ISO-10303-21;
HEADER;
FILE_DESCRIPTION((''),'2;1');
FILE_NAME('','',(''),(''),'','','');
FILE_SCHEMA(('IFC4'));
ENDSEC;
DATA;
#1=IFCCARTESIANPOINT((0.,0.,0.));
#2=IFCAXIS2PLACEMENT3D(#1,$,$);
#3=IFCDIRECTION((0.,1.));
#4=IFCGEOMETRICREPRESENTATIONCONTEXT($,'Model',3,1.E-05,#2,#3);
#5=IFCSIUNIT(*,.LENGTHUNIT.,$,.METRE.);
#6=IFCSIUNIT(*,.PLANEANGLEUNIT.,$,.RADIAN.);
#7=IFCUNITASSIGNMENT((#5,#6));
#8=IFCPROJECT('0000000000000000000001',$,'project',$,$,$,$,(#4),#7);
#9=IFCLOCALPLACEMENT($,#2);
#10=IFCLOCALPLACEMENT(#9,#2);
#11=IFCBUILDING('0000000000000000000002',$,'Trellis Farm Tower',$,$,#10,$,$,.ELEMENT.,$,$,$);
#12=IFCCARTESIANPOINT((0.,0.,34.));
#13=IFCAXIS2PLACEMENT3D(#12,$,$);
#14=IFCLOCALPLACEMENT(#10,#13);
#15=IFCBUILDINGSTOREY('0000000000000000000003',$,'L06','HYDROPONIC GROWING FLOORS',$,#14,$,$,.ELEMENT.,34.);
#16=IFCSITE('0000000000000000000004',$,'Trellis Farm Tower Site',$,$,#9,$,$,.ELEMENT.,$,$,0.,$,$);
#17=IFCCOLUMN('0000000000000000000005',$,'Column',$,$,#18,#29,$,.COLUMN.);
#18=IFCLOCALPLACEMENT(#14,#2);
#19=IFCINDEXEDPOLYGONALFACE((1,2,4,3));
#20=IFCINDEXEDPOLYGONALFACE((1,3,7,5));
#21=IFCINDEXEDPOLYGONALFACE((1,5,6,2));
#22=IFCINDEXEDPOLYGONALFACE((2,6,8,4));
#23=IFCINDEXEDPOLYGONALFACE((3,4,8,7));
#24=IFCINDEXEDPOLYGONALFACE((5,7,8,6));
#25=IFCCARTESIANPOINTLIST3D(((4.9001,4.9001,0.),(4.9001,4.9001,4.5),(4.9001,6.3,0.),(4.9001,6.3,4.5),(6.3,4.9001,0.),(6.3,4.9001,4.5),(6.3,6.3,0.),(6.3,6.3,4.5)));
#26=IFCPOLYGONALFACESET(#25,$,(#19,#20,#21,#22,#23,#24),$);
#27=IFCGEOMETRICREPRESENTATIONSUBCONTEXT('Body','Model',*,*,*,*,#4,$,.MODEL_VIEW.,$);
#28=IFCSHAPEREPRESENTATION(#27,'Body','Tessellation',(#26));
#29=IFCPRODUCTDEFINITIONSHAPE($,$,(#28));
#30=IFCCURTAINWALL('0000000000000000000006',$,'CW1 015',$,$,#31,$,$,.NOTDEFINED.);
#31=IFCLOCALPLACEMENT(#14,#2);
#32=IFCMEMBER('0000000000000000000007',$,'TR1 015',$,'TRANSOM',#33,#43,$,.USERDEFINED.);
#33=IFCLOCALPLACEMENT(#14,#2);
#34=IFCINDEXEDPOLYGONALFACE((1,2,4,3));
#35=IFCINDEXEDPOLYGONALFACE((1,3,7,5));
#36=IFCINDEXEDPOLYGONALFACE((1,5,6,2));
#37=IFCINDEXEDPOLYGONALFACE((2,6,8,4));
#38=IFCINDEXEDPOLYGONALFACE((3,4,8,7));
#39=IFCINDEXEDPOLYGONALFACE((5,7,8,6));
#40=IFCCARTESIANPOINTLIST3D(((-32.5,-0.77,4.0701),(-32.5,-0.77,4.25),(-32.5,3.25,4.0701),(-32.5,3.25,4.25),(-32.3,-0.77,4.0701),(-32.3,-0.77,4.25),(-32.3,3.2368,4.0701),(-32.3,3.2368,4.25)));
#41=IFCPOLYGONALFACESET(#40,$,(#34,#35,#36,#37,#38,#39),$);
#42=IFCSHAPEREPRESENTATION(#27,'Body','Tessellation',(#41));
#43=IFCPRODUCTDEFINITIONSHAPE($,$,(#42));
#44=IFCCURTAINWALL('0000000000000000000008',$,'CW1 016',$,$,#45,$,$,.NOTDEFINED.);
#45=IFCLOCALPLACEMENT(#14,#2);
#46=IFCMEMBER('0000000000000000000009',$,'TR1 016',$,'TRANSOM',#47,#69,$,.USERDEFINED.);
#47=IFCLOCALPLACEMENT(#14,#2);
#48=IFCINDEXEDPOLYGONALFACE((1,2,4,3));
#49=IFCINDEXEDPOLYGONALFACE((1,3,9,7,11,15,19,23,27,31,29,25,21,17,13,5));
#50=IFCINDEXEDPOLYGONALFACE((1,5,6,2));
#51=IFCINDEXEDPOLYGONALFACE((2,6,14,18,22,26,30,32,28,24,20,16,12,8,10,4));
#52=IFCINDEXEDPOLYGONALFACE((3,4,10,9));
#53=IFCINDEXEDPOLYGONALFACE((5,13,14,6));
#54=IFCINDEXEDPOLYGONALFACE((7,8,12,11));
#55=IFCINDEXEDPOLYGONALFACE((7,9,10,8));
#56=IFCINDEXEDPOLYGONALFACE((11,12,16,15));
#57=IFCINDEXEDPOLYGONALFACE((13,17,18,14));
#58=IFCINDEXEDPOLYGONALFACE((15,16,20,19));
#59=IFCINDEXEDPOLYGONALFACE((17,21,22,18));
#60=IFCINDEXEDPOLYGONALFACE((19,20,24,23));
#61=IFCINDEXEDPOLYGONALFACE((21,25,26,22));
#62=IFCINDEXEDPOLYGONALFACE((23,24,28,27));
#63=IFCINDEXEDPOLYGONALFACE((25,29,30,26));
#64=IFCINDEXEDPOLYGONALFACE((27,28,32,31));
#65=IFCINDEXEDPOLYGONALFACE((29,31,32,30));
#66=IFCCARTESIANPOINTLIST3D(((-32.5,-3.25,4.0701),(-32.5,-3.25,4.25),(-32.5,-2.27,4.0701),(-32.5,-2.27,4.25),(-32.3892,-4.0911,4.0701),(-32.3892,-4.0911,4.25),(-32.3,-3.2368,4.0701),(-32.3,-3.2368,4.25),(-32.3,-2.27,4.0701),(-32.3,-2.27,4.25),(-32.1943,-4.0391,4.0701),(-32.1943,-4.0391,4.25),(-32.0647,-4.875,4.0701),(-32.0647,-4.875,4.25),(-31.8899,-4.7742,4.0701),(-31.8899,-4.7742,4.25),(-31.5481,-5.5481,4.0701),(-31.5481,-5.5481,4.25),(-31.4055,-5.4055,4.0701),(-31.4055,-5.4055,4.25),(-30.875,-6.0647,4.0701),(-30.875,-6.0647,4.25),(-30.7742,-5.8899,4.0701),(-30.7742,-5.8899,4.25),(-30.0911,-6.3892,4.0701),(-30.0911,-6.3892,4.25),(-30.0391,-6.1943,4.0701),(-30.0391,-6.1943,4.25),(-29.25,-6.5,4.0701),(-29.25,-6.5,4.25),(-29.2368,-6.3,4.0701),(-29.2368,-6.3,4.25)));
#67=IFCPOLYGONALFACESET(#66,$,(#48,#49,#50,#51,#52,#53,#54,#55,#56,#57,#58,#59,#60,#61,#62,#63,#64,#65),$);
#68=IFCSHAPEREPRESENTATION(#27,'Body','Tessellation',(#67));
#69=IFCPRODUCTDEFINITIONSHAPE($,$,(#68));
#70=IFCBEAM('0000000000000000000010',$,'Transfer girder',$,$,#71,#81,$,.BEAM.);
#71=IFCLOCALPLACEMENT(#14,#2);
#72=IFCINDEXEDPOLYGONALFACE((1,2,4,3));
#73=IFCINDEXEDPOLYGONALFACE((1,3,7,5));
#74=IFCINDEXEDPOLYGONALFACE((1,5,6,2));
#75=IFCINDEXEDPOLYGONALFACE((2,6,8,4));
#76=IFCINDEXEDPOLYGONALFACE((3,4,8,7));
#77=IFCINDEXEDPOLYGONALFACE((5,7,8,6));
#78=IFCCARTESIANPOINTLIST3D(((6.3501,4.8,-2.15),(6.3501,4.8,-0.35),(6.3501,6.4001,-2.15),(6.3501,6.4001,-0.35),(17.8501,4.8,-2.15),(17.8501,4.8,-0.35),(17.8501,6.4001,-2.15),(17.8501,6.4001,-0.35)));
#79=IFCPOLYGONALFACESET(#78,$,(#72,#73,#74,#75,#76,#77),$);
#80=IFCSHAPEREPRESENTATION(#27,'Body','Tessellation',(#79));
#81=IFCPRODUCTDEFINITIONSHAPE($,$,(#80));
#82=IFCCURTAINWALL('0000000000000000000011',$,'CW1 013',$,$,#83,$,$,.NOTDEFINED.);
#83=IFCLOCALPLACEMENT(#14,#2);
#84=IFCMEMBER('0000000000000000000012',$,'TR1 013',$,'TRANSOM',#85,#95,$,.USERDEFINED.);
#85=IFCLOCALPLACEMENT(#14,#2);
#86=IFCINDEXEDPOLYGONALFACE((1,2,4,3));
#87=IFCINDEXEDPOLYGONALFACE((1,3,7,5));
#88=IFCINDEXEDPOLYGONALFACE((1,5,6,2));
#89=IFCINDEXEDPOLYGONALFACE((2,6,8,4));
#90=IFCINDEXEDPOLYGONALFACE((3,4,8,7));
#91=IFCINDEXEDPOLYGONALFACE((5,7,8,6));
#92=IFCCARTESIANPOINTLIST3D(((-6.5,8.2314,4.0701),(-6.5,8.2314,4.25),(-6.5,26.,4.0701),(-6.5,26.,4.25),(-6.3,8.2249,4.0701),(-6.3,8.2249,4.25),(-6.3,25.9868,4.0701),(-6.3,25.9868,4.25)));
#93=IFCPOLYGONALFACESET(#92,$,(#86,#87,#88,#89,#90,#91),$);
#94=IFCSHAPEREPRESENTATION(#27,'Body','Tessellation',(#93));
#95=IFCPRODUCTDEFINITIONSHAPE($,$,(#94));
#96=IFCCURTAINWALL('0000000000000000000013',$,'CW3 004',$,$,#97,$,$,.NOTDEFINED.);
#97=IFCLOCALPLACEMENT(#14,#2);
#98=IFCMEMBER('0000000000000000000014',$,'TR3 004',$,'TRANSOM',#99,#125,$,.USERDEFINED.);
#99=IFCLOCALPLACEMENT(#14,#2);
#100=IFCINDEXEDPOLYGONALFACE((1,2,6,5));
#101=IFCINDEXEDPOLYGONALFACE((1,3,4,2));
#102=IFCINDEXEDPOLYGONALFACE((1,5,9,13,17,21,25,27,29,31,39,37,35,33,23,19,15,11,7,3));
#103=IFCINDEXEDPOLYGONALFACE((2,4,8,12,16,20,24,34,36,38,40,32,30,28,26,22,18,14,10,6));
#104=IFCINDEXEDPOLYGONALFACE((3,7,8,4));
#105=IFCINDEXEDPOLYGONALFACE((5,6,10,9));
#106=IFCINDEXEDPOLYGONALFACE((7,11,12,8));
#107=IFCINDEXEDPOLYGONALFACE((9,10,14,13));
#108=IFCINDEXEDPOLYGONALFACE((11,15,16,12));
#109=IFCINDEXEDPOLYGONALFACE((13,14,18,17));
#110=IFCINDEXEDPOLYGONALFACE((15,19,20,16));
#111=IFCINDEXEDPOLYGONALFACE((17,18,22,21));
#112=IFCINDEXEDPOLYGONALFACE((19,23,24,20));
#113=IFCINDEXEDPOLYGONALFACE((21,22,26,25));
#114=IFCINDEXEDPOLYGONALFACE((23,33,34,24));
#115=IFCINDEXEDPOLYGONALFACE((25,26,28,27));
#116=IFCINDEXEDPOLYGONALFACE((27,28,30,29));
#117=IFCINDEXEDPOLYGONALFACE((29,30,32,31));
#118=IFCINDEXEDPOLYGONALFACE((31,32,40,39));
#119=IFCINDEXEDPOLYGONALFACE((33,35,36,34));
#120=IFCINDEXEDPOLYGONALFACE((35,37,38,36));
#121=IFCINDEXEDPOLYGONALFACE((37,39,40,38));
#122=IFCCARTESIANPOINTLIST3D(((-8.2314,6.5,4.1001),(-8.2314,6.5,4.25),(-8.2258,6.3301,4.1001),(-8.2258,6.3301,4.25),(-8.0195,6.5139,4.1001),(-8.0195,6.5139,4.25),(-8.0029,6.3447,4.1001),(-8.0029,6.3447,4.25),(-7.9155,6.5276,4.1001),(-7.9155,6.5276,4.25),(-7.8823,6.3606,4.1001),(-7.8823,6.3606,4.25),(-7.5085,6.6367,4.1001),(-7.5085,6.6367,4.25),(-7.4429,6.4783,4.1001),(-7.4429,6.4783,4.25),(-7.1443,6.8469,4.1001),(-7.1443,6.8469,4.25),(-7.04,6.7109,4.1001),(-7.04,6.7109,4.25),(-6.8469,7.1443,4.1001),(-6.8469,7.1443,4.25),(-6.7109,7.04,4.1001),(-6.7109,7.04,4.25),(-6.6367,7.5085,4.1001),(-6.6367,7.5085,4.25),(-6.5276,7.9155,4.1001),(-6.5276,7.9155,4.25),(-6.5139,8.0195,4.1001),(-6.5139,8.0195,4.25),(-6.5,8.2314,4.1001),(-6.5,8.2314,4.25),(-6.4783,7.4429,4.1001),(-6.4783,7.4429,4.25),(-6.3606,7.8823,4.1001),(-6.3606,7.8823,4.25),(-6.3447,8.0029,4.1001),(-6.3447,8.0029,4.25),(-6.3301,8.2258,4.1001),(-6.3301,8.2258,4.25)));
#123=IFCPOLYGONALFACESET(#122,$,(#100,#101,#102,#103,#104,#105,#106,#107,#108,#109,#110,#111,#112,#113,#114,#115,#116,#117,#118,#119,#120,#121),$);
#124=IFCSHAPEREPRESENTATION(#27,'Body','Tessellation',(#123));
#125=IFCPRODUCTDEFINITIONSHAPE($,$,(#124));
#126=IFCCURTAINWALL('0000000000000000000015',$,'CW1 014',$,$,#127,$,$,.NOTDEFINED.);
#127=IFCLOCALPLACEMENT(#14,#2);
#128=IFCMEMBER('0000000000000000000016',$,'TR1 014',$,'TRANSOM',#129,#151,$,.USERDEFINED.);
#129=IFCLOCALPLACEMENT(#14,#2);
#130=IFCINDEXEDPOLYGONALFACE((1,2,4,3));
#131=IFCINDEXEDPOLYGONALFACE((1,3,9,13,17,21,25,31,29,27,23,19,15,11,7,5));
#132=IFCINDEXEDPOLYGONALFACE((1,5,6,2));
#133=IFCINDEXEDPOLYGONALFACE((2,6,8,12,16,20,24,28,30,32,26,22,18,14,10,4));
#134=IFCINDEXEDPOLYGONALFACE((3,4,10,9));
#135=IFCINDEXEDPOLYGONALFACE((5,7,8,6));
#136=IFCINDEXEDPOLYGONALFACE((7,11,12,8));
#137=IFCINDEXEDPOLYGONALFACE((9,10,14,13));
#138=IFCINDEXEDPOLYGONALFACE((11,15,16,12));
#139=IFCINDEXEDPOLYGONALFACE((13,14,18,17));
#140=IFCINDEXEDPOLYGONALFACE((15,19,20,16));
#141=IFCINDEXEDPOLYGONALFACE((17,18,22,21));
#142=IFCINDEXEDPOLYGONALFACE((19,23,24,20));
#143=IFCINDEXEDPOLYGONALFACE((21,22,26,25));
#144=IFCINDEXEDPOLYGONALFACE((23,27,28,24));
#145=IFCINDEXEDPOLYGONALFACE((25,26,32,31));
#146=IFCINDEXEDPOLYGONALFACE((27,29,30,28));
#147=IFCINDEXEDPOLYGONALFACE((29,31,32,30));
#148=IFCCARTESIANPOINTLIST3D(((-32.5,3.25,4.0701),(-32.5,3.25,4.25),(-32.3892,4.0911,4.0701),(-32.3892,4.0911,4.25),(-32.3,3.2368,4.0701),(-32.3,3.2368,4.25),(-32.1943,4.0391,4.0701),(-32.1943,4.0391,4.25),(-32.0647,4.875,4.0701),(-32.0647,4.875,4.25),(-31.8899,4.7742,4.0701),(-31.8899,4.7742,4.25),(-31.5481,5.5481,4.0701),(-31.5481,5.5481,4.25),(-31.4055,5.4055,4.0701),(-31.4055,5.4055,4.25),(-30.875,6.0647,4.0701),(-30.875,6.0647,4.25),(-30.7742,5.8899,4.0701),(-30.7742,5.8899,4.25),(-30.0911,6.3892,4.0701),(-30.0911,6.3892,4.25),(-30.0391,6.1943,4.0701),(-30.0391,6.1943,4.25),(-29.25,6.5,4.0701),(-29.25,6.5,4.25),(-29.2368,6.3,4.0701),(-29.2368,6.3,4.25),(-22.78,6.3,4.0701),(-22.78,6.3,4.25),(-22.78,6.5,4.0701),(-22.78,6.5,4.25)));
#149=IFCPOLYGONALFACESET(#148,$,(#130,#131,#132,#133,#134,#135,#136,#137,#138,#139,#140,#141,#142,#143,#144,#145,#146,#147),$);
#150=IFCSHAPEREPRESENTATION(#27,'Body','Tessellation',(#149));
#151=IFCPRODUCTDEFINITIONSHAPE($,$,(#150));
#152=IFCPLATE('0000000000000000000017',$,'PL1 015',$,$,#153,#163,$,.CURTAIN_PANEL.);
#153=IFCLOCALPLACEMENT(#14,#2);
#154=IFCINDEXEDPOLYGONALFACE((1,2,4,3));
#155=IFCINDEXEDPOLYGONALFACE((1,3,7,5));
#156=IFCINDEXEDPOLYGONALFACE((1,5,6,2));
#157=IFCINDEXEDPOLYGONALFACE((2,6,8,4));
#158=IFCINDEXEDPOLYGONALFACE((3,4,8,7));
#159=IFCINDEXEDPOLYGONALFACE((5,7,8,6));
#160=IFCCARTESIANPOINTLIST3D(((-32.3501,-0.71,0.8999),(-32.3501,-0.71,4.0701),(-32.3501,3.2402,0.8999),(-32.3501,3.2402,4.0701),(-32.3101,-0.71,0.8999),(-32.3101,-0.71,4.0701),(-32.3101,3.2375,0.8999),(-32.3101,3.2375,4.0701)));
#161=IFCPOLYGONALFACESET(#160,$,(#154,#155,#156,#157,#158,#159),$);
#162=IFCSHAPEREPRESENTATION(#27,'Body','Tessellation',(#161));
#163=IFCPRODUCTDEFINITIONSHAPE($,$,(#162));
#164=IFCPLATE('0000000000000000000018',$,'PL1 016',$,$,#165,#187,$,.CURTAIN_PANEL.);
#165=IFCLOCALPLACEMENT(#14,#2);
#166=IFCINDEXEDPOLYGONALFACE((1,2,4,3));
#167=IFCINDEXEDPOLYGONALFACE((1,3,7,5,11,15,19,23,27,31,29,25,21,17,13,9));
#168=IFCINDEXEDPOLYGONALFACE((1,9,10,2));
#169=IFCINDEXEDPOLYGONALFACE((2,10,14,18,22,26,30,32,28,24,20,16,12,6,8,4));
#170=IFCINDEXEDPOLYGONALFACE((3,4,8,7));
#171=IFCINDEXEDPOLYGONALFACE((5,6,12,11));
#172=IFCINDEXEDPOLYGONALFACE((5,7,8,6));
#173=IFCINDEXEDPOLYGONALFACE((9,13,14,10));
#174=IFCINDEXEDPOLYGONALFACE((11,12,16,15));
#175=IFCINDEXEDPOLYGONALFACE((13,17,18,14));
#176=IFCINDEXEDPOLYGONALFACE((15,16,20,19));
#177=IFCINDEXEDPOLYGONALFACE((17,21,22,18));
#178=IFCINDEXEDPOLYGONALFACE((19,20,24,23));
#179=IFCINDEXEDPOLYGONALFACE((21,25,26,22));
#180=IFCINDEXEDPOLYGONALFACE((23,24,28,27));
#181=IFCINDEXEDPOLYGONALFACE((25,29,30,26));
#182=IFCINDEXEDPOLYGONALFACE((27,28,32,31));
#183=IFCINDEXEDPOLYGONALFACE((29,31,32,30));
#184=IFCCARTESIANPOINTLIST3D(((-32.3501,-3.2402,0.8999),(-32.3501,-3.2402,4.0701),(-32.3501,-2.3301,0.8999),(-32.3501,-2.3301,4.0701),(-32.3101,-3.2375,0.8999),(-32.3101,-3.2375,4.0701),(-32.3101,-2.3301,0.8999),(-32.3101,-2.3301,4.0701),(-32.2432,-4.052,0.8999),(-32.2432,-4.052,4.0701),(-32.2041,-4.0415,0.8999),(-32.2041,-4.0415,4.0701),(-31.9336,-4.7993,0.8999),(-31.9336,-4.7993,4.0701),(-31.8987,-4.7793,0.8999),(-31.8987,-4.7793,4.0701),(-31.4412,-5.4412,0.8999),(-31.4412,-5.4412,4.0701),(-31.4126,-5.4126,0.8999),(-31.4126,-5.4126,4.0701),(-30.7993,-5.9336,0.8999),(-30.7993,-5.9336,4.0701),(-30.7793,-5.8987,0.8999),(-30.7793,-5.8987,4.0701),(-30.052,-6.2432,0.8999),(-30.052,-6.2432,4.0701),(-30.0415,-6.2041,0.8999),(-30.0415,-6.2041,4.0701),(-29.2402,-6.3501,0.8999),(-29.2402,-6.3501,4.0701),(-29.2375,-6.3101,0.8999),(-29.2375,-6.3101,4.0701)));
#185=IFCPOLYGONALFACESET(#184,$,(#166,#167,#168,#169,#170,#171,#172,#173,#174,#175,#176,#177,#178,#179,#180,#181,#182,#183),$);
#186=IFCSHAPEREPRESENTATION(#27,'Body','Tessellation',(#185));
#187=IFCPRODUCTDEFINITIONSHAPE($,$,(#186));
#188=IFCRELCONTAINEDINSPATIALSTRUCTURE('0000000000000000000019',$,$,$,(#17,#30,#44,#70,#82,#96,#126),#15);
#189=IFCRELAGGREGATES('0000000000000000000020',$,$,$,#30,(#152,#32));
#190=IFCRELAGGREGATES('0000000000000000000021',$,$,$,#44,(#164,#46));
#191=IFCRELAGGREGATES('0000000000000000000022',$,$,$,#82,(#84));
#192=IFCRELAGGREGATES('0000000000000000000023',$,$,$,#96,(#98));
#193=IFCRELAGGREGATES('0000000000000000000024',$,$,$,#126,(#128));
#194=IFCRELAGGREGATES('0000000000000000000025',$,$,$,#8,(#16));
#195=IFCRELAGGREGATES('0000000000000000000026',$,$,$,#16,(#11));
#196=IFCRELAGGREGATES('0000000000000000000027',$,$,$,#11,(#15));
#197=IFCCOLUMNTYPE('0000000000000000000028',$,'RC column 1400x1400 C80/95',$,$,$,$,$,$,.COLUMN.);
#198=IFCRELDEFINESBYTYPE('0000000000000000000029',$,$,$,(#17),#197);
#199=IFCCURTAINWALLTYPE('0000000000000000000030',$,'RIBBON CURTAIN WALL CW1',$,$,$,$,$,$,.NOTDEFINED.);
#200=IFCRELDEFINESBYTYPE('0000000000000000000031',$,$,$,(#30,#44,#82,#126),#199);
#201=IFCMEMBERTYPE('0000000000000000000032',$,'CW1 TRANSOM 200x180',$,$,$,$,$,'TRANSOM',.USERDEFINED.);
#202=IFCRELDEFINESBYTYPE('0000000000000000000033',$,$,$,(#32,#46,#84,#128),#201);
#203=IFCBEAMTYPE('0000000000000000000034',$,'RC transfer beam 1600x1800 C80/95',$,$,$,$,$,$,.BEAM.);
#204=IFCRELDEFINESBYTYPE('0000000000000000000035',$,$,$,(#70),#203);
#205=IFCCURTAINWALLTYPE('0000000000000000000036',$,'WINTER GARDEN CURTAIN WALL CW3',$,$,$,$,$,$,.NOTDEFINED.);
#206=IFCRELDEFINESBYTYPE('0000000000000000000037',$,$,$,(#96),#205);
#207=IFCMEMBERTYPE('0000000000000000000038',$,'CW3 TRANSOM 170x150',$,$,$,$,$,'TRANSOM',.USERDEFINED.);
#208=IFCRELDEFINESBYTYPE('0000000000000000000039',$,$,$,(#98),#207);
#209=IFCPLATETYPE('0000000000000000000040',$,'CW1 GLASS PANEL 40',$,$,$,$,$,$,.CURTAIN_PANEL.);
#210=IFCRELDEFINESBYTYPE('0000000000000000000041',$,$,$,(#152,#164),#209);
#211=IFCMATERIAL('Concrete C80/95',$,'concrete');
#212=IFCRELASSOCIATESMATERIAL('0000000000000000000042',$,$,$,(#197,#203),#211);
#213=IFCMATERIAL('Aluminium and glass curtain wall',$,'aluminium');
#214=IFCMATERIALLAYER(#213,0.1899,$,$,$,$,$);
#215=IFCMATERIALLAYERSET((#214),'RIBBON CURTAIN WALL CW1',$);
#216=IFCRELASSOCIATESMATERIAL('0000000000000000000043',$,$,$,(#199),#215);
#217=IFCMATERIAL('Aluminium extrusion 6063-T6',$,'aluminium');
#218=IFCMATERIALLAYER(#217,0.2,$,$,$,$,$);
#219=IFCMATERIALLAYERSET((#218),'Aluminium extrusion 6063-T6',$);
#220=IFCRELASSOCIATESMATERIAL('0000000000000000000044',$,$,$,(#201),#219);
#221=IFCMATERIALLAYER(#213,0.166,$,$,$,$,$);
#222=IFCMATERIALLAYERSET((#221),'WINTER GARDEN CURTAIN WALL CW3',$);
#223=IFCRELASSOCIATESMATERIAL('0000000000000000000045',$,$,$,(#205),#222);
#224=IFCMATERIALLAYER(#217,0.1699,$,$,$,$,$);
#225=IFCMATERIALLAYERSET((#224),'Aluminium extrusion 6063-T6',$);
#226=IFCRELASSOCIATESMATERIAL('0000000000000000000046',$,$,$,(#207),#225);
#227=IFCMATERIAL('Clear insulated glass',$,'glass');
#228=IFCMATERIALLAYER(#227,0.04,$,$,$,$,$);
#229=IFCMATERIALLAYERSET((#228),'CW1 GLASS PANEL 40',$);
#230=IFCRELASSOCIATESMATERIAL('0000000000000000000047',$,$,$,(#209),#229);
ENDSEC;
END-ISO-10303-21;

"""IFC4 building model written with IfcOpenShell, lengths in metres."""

from ifc_helpers import new_model, si_unit, direction, frame, origin, origin_2d, place, context, subcontext, project, spatial, polyline, rectangle, outline, extrude, source, transform, mapped, material, layer, layer_set, material_profile, profile_set, type_object, element, aggregate, save


model = new_model("IFC4")

# Units and contexts
model_context = context("Model", 3, precision=1e-05, world=origin(), true_north=direction((0.0, 1.0)))
body_context = subcontext(model_context, "Body", "Model", "MODEL_VIEW")
ifc_project = project(units=[si_unit("LENGTHUNIT", "METRE"), si_unit("PLANEANGLEUNIT", "RADIAN")], contexts=[model_context])

# Site, building, storey
site_placement = place(None, origin())
site = spatial("IfcSite", under=ifc_project, at=site_placement, Name="Trellis Farm Tower Site", CompositionType="ELEMENT", RefElevation=0.0)
building_placement = place(site_placement, origin())
building = spatial("IfcBuilding", under=site, at=building_placement, Name="Trellis Farm Tower", CompositionType="ELEMENT")
storey_placement = place(building_placement, frame((0.0, 0.0, 34.0)))
storey = spatial("IfcBuildingStorey", under=building, at=storey_placement, Name="L06", Description="HYDROPONIC GROWING FLOORS", CompositionType="ELEMENT", Elevation=34.0)

# Column
ifc_material_1 = material(Name="Concrete C80/95", Category="concrete")
ifc_material_profile_1 = material_profile(ifc_material_1, rectangle(XDim=1.3999, YDim=1.3999, at=origin_2d()), Name="RC column 1400x1400 C80/95")
ifc_profile_set_1 = profile_set([ifc_material_profile_1], Name="Concrete C80/95")
column_type = type_object("IfcColumnType", Name="RC column 1400x1400 C80/95", PredefinedType="COLUMN", material=ifc_profile_set_1)
shared_shape_1 = source(origin(), body_context, "Body", "SweptSolid", [
    extrude(rectangle(XDim=1.3999, YDim=1.3999, at=origin_2d()), origin(), (0.0, 0.0, 1.0), 4.5),
])
column_placement = place(storey_placement, frame((5.6001, 5.6001, 0.0), z_axis=(0.0, 0.0, 1.0), x_axis=(1.0, 0.0, 0.0)))
element("IfcColumn", 1, at=column_placement, inside=storey, type_object=column_type, Name="Column", PredefinedType="COLUMN", context=body_context, shape_type="MappedRepresentation", body=[
    mapped(shared_shape_1, transform((0.0, 0.0, 0.0))),
])

# Curtain walls, members
ifc_material_2 = material(Name="Aluminium and glass curtain wall", Category="aluminium")
ifc_layer_1 = layer(ifc_material_2, 0.1899)
ifc_layer_set_1 = layer_set([ifc_layer_1], Name="RIBBON CURTAIN WALL CW1")
curtain_wall_type_1 = type_object("IfcCurtainWallType", Name="RIBBON CURTAIN WALL CW1", PredefinedType="NOTDEFINED", material=ifc_layer_set_1)
placement_1 = place(storey_placement, origin())
curtain_wall_1 = element("IfcCurtainWall", 2, at=placement_1, inside=storey, type_object=curtain_wall_type_1, Name="CW1 015", PredefinedType="NOTDEFINED")
ifc_material_3 = material(Name="Aluminium extrusion 6063-T6", Category="aluminium")
ifc_layer_2 = layer(ifc_material_3, 0.2)
ifc_layer_set_2 = layer_set([ifc_layer_2], Name="Aluminium extrusion 6063-T6")
member_type_1 = type_object("IfcMemberType", Name="CW1 TRANSOM 200x180", ElementType="TRANSOM", PredefinedType="USERDEFINED", material=ifc_layer_set_2)
placement_2 = place(storey_placement, frame((0.0, 0.0, 4.0701)))
member_1 = element("IfcMember", 3, at=placement_2, type_object=member_type_1, Name="TR1 015", ObjectType="TRANSOM", PredefinedType="USERDEFINED", context=body_context, shape_type="SweptSolid", body=[
    extrude(outline(polyline([(-32.5, 3.25), (-32.5, -0.77), (-32.3, -0.77), (-32.3, 3.2368), (-32.5, 3.25)])), origin(), (0.0, 0.0, 1.0), 0.1799),
])
curtain_wall_2 = element("IfcCurtainWall", 4, at=placement_1, inside=storey, type_object=curtain_wall_type_1, Name="CW1 016", PredefinedType="NOTDEFINED")
member_2 = element("IfcMember", 5, at=placement_2, type_object=member_type_1, Name="TR1 016", ObjectType="TRANSOM", PredefinedType="USERDEFINED", context=body_context, shape_type="SweptSolid", body=[
    extrude(outline(polyline([(-32.5, -2.27), (-32.5, -3.25), (-32.3892, -4.0911), (-32.0647, -4.875), (-31.5481, -5.5481), (-30.875, -6.0647), (-30.0911, -6.3892), (-29.25, -6.5), (-29.2368, -6.3), (-30.0391, -6.1943), (-30.7742, -5.8899), (-31.4055, -5.4055), (-31.8899, -4.7742), (-32.1943, -4.0391), (-32.3, -3.2368), (-32.3, -2.27), (-32.5, -2.27)])), origin(), (0.0, 0.0, 1.0), 0.1799),
])

# Beam
ifc_material_profile_2 = material_profile(ifc_material_1, rectangle(XDim=1.6001, YDim=1.8, at=origin_2d()), Name="RC transfer beam 1600x1800 C80/95")
ifc_profile_set_2 = profile_set([ifc_material_profile_2], Name="Concrete C80/95")
beam_type = type_object("IfcBeamType", Name="RC transfer beam 1600x1800 C80/95", PredefinedType="BEAM", material=ifc_profile_set_2)
shared_shape_2 = source(origin(), body_context, "Body", "SweptSolid", [
    extrude(rectangle(XDim=1.6001, YDim=1.8, at=origin_2d()), origin(), (0.0, 0.0, 1.0), 11.5),
])
beam_placement = place(storey_placement, frame((6.3501, 5.6001, -1.25), z_axis=(1.0, 0.0, 0.0), x_axis=(0.0, 1.0, 0.0)))
element("IfcBeam", 6, at=beam_placement, inside=storey, type_object=beam_type, Name="Transfer girder", PredefinedType="BEAM", context=body_context, shape_type="MappedRepresentation", body=[
    mapped(shared_shape_2, transform((0.0, 0.0, 0.0))),
])

# Curtain walls, members
curtain_wall_3 = element("IfcCurtainWall", 7, at=placement_1, inside=storey, type_object=curtain_wall_type_1, Name="CW1 013", PredefinedType="NOTDEFINED")
shared_shape_3 = source(origin(), body_context, "Body", "SweptSolid", [
    extrude(outline(polyline([(-6.5, 26.0), (-6.5, 8.2314), (-6.3, 8.2249), (-6.3, 25.9868), (-6.5, 26.0)])), origin(), (0.0, 0.0, 1.0), 0.1799),
])
member_3 = element("IfcMember", 8, at=placement_2, type_object=member_type_1, Name="TR1 013", ObjectType="TRANSOM", PredefinedType="USERDEFINED", context=body_context, shape_type="MappedRepresentation", body=[
    mapped(shared_shape_3, transform((0.0, 0.0, 0.0))),
])
ifc_layer_3 = layer(ifc_material_2, 0.166)
ifc_layer_set_3 = layer_set([ifc_layer_3], Name="WINTER GARDEN CURTAIN WALL CW3")
curtain_wall_type_2 = type_object("IfcCurtainWallType", Name="WINTER GARDEN CURTAIN WALL CW3", PredefinedType="NOTDEFINED", material=ifc_layer_set_3)
curtain_wall_4 = element("IfcCurtainWall", 9, at=placement_1, inside=storey, type_object=curtain_wall_type_2, Name="CW3 004", PredefinedType="NOTDEFINED")
ifc_layer_4 = layer(ifc_material_3, 0.1699)
ifc_layer_set_4 = layer_set([ifc_layer_4], Name="Aluminium extrusion 6063-T6")
member_type_2 = type_object("IfcMemberType", Name="CW3 TRANSOM 170x150", ElementType="TRANSOM", PredefinedType="USERDEFINED", material=ifc_layer_set_4)
shared_shape_4 = source(origin(), body_context, "Body", "SweptSolid", [
    extrude(outline(polyline([(-6.5, 8.2314), (-6.5139, 8.0195), (-6.5276, 7.9155), (-6.6367, 7.5085), (-6.8469, 7.1443), (-7.1443, 6.8469), (-7.5085, 6.6367), (-7.9155, 6.5276), (-8.0195, 6.5139), (-8.2314, 6.5), (-8.2258, 6.3301), (-8.0029, 6.3447), (-7.8823, 6.3606), (-7.4429, 6.4783), (-7.04, 6.7109), (-6.7109, 7.04), (-6.4783, 7.4429), (-6.3606, 7.8823), (-6.3447, 8.0029), (-6.3301, 8.2258), (-6.5, 8.2314)])), origin(), (0.0, 0.0, 1.0), 0.1499),
])
member_4_placement = place(storey_placement, frame((0.0, 0.0, 4.1001)))
member_4 = element("IfcMember", 10, at=member_4_placement, type_object=member_type_2, Name="TR3 004", ObjectType="TRANSOM", PredefinedType="USERDEFINED", context=body_context, shape_type="MappedRepresentation", body=[
    mapped(shared_shape_4, transform((0.0, 0.0, 0.0))),
])
curtain_wall_5 = element("IfcCurtainWall", 11, at=placement_1, inside=storey, type_object=curtain_wall_type_1, Name="CW1 014", PredefinedType="NOTDEFINED")
shared_shape_5 = source(origin(), body_context, "Body", "SweptSolid", [
    extrude(outline(polyline([(-22.78, 6.5), (-29.25, 6.5), (-30.0911, 6.3892), (-30.875, 6.0647), (-31.5481, 5.5481), (-32.0647, 4.875), (-32.3892, 4.0911), (-32.5, 3.25), (-32.3, 3.2368), (-32.1943, 4.0391), (-31.8899, 4.7742), (-31.4055, 5.4055), (-30.7742, 5.8899), (-30.0391, 6.1943), (-29.2368, 6.3), (-22.78, 6.3), (-22.78, 6.5)])), origin(), (0.0, 0.0, 1.0), 0.1799),
])
member_5 = element("IfcMember", 12, at=placement_2, type_object=member_type_1, Name="TR1 014", ObjectType="TRANSOM", PredefinedType="USERDEFINED", context=body_context, shape_type="MappedRepresentation", body=[
    mapped(shared_shape_5, transform((0.0, 0.0, 0.0))),
])

# Plates
ifc_material_4 = material(Name="Clear insulated glass", Category="glass")
ifc_layer_5 = layer(ifc_material_4, 0.04)
ifc_layer_set_5 = layer_set([ifc_layer_5], Name="CW1 GLASS PANEL 40")
plate_type_1 = type_object("IfcPlateType", Name="CW1 GLASS PANEL 40", PredefinedType="CURTAIN_PANEL", material=ifc_layer_set_5)
placement_3 = place(storey_placement, frame((0.0, 0.0, 0.8999)))
plate_1 = element("IfcPlate", 13, at=placement_3, type_object=plate_type_1, Name="PL1 015", PredefinedType="CURTAIN_PANEL", context=body_context, shape_type="SweptSolid", body=[
    extrude(outline(polyline([(-32.3501, 3.2402), (-32.3501, -0.71), (-32.3101, -0.71), (-32.3101, 3.2375), (-32.3501, 3.2402)])), origin(), (0.0, 0.0, 1.0), 3.1702),
])
plate_2 = element("IfcPlate", 14, at=placement_3, type_object=plate_type_1, Name="PL1 016", PredefinedType="CURTAIN_PANEL", context=body_context, shape_type="SweptSolid", body=[
    extrude(outline(polyline([(-32.3501, -2.3301), (-32.3501, -3.2402), (-32.2432, -4.052), (-31.9336, -4.7993), (-31.4412, -5.4412), (-30.7993, -5.9336), (-30.052, -6.2432), (-29.2402, -6.3501), (-29.2375, -6.3101), (-30.0415, -6.2041), (-30.7793, -5.8987), (-31.4126, -5.4126), (-31.8987, -4.7793), (-32.2041, -4.0415), (-32.3101, -3.2375), (-32.3101, -2.3301), (-32.3501, -2.3301)])), origin(), (0.0, 0.0, 1.0), 3.1702),
])
aggregate(curtain_wall_1, [plate_1, member_1])
aggregate(curtain_wall_2, [plate_2, member_2])
aggregate(curtain_wall_3, [member_3])
aggregate(curtain_wall_4, [member_4])
aggregate(curtain_wall_5, [member_5])

save(model, "model.ifc")
